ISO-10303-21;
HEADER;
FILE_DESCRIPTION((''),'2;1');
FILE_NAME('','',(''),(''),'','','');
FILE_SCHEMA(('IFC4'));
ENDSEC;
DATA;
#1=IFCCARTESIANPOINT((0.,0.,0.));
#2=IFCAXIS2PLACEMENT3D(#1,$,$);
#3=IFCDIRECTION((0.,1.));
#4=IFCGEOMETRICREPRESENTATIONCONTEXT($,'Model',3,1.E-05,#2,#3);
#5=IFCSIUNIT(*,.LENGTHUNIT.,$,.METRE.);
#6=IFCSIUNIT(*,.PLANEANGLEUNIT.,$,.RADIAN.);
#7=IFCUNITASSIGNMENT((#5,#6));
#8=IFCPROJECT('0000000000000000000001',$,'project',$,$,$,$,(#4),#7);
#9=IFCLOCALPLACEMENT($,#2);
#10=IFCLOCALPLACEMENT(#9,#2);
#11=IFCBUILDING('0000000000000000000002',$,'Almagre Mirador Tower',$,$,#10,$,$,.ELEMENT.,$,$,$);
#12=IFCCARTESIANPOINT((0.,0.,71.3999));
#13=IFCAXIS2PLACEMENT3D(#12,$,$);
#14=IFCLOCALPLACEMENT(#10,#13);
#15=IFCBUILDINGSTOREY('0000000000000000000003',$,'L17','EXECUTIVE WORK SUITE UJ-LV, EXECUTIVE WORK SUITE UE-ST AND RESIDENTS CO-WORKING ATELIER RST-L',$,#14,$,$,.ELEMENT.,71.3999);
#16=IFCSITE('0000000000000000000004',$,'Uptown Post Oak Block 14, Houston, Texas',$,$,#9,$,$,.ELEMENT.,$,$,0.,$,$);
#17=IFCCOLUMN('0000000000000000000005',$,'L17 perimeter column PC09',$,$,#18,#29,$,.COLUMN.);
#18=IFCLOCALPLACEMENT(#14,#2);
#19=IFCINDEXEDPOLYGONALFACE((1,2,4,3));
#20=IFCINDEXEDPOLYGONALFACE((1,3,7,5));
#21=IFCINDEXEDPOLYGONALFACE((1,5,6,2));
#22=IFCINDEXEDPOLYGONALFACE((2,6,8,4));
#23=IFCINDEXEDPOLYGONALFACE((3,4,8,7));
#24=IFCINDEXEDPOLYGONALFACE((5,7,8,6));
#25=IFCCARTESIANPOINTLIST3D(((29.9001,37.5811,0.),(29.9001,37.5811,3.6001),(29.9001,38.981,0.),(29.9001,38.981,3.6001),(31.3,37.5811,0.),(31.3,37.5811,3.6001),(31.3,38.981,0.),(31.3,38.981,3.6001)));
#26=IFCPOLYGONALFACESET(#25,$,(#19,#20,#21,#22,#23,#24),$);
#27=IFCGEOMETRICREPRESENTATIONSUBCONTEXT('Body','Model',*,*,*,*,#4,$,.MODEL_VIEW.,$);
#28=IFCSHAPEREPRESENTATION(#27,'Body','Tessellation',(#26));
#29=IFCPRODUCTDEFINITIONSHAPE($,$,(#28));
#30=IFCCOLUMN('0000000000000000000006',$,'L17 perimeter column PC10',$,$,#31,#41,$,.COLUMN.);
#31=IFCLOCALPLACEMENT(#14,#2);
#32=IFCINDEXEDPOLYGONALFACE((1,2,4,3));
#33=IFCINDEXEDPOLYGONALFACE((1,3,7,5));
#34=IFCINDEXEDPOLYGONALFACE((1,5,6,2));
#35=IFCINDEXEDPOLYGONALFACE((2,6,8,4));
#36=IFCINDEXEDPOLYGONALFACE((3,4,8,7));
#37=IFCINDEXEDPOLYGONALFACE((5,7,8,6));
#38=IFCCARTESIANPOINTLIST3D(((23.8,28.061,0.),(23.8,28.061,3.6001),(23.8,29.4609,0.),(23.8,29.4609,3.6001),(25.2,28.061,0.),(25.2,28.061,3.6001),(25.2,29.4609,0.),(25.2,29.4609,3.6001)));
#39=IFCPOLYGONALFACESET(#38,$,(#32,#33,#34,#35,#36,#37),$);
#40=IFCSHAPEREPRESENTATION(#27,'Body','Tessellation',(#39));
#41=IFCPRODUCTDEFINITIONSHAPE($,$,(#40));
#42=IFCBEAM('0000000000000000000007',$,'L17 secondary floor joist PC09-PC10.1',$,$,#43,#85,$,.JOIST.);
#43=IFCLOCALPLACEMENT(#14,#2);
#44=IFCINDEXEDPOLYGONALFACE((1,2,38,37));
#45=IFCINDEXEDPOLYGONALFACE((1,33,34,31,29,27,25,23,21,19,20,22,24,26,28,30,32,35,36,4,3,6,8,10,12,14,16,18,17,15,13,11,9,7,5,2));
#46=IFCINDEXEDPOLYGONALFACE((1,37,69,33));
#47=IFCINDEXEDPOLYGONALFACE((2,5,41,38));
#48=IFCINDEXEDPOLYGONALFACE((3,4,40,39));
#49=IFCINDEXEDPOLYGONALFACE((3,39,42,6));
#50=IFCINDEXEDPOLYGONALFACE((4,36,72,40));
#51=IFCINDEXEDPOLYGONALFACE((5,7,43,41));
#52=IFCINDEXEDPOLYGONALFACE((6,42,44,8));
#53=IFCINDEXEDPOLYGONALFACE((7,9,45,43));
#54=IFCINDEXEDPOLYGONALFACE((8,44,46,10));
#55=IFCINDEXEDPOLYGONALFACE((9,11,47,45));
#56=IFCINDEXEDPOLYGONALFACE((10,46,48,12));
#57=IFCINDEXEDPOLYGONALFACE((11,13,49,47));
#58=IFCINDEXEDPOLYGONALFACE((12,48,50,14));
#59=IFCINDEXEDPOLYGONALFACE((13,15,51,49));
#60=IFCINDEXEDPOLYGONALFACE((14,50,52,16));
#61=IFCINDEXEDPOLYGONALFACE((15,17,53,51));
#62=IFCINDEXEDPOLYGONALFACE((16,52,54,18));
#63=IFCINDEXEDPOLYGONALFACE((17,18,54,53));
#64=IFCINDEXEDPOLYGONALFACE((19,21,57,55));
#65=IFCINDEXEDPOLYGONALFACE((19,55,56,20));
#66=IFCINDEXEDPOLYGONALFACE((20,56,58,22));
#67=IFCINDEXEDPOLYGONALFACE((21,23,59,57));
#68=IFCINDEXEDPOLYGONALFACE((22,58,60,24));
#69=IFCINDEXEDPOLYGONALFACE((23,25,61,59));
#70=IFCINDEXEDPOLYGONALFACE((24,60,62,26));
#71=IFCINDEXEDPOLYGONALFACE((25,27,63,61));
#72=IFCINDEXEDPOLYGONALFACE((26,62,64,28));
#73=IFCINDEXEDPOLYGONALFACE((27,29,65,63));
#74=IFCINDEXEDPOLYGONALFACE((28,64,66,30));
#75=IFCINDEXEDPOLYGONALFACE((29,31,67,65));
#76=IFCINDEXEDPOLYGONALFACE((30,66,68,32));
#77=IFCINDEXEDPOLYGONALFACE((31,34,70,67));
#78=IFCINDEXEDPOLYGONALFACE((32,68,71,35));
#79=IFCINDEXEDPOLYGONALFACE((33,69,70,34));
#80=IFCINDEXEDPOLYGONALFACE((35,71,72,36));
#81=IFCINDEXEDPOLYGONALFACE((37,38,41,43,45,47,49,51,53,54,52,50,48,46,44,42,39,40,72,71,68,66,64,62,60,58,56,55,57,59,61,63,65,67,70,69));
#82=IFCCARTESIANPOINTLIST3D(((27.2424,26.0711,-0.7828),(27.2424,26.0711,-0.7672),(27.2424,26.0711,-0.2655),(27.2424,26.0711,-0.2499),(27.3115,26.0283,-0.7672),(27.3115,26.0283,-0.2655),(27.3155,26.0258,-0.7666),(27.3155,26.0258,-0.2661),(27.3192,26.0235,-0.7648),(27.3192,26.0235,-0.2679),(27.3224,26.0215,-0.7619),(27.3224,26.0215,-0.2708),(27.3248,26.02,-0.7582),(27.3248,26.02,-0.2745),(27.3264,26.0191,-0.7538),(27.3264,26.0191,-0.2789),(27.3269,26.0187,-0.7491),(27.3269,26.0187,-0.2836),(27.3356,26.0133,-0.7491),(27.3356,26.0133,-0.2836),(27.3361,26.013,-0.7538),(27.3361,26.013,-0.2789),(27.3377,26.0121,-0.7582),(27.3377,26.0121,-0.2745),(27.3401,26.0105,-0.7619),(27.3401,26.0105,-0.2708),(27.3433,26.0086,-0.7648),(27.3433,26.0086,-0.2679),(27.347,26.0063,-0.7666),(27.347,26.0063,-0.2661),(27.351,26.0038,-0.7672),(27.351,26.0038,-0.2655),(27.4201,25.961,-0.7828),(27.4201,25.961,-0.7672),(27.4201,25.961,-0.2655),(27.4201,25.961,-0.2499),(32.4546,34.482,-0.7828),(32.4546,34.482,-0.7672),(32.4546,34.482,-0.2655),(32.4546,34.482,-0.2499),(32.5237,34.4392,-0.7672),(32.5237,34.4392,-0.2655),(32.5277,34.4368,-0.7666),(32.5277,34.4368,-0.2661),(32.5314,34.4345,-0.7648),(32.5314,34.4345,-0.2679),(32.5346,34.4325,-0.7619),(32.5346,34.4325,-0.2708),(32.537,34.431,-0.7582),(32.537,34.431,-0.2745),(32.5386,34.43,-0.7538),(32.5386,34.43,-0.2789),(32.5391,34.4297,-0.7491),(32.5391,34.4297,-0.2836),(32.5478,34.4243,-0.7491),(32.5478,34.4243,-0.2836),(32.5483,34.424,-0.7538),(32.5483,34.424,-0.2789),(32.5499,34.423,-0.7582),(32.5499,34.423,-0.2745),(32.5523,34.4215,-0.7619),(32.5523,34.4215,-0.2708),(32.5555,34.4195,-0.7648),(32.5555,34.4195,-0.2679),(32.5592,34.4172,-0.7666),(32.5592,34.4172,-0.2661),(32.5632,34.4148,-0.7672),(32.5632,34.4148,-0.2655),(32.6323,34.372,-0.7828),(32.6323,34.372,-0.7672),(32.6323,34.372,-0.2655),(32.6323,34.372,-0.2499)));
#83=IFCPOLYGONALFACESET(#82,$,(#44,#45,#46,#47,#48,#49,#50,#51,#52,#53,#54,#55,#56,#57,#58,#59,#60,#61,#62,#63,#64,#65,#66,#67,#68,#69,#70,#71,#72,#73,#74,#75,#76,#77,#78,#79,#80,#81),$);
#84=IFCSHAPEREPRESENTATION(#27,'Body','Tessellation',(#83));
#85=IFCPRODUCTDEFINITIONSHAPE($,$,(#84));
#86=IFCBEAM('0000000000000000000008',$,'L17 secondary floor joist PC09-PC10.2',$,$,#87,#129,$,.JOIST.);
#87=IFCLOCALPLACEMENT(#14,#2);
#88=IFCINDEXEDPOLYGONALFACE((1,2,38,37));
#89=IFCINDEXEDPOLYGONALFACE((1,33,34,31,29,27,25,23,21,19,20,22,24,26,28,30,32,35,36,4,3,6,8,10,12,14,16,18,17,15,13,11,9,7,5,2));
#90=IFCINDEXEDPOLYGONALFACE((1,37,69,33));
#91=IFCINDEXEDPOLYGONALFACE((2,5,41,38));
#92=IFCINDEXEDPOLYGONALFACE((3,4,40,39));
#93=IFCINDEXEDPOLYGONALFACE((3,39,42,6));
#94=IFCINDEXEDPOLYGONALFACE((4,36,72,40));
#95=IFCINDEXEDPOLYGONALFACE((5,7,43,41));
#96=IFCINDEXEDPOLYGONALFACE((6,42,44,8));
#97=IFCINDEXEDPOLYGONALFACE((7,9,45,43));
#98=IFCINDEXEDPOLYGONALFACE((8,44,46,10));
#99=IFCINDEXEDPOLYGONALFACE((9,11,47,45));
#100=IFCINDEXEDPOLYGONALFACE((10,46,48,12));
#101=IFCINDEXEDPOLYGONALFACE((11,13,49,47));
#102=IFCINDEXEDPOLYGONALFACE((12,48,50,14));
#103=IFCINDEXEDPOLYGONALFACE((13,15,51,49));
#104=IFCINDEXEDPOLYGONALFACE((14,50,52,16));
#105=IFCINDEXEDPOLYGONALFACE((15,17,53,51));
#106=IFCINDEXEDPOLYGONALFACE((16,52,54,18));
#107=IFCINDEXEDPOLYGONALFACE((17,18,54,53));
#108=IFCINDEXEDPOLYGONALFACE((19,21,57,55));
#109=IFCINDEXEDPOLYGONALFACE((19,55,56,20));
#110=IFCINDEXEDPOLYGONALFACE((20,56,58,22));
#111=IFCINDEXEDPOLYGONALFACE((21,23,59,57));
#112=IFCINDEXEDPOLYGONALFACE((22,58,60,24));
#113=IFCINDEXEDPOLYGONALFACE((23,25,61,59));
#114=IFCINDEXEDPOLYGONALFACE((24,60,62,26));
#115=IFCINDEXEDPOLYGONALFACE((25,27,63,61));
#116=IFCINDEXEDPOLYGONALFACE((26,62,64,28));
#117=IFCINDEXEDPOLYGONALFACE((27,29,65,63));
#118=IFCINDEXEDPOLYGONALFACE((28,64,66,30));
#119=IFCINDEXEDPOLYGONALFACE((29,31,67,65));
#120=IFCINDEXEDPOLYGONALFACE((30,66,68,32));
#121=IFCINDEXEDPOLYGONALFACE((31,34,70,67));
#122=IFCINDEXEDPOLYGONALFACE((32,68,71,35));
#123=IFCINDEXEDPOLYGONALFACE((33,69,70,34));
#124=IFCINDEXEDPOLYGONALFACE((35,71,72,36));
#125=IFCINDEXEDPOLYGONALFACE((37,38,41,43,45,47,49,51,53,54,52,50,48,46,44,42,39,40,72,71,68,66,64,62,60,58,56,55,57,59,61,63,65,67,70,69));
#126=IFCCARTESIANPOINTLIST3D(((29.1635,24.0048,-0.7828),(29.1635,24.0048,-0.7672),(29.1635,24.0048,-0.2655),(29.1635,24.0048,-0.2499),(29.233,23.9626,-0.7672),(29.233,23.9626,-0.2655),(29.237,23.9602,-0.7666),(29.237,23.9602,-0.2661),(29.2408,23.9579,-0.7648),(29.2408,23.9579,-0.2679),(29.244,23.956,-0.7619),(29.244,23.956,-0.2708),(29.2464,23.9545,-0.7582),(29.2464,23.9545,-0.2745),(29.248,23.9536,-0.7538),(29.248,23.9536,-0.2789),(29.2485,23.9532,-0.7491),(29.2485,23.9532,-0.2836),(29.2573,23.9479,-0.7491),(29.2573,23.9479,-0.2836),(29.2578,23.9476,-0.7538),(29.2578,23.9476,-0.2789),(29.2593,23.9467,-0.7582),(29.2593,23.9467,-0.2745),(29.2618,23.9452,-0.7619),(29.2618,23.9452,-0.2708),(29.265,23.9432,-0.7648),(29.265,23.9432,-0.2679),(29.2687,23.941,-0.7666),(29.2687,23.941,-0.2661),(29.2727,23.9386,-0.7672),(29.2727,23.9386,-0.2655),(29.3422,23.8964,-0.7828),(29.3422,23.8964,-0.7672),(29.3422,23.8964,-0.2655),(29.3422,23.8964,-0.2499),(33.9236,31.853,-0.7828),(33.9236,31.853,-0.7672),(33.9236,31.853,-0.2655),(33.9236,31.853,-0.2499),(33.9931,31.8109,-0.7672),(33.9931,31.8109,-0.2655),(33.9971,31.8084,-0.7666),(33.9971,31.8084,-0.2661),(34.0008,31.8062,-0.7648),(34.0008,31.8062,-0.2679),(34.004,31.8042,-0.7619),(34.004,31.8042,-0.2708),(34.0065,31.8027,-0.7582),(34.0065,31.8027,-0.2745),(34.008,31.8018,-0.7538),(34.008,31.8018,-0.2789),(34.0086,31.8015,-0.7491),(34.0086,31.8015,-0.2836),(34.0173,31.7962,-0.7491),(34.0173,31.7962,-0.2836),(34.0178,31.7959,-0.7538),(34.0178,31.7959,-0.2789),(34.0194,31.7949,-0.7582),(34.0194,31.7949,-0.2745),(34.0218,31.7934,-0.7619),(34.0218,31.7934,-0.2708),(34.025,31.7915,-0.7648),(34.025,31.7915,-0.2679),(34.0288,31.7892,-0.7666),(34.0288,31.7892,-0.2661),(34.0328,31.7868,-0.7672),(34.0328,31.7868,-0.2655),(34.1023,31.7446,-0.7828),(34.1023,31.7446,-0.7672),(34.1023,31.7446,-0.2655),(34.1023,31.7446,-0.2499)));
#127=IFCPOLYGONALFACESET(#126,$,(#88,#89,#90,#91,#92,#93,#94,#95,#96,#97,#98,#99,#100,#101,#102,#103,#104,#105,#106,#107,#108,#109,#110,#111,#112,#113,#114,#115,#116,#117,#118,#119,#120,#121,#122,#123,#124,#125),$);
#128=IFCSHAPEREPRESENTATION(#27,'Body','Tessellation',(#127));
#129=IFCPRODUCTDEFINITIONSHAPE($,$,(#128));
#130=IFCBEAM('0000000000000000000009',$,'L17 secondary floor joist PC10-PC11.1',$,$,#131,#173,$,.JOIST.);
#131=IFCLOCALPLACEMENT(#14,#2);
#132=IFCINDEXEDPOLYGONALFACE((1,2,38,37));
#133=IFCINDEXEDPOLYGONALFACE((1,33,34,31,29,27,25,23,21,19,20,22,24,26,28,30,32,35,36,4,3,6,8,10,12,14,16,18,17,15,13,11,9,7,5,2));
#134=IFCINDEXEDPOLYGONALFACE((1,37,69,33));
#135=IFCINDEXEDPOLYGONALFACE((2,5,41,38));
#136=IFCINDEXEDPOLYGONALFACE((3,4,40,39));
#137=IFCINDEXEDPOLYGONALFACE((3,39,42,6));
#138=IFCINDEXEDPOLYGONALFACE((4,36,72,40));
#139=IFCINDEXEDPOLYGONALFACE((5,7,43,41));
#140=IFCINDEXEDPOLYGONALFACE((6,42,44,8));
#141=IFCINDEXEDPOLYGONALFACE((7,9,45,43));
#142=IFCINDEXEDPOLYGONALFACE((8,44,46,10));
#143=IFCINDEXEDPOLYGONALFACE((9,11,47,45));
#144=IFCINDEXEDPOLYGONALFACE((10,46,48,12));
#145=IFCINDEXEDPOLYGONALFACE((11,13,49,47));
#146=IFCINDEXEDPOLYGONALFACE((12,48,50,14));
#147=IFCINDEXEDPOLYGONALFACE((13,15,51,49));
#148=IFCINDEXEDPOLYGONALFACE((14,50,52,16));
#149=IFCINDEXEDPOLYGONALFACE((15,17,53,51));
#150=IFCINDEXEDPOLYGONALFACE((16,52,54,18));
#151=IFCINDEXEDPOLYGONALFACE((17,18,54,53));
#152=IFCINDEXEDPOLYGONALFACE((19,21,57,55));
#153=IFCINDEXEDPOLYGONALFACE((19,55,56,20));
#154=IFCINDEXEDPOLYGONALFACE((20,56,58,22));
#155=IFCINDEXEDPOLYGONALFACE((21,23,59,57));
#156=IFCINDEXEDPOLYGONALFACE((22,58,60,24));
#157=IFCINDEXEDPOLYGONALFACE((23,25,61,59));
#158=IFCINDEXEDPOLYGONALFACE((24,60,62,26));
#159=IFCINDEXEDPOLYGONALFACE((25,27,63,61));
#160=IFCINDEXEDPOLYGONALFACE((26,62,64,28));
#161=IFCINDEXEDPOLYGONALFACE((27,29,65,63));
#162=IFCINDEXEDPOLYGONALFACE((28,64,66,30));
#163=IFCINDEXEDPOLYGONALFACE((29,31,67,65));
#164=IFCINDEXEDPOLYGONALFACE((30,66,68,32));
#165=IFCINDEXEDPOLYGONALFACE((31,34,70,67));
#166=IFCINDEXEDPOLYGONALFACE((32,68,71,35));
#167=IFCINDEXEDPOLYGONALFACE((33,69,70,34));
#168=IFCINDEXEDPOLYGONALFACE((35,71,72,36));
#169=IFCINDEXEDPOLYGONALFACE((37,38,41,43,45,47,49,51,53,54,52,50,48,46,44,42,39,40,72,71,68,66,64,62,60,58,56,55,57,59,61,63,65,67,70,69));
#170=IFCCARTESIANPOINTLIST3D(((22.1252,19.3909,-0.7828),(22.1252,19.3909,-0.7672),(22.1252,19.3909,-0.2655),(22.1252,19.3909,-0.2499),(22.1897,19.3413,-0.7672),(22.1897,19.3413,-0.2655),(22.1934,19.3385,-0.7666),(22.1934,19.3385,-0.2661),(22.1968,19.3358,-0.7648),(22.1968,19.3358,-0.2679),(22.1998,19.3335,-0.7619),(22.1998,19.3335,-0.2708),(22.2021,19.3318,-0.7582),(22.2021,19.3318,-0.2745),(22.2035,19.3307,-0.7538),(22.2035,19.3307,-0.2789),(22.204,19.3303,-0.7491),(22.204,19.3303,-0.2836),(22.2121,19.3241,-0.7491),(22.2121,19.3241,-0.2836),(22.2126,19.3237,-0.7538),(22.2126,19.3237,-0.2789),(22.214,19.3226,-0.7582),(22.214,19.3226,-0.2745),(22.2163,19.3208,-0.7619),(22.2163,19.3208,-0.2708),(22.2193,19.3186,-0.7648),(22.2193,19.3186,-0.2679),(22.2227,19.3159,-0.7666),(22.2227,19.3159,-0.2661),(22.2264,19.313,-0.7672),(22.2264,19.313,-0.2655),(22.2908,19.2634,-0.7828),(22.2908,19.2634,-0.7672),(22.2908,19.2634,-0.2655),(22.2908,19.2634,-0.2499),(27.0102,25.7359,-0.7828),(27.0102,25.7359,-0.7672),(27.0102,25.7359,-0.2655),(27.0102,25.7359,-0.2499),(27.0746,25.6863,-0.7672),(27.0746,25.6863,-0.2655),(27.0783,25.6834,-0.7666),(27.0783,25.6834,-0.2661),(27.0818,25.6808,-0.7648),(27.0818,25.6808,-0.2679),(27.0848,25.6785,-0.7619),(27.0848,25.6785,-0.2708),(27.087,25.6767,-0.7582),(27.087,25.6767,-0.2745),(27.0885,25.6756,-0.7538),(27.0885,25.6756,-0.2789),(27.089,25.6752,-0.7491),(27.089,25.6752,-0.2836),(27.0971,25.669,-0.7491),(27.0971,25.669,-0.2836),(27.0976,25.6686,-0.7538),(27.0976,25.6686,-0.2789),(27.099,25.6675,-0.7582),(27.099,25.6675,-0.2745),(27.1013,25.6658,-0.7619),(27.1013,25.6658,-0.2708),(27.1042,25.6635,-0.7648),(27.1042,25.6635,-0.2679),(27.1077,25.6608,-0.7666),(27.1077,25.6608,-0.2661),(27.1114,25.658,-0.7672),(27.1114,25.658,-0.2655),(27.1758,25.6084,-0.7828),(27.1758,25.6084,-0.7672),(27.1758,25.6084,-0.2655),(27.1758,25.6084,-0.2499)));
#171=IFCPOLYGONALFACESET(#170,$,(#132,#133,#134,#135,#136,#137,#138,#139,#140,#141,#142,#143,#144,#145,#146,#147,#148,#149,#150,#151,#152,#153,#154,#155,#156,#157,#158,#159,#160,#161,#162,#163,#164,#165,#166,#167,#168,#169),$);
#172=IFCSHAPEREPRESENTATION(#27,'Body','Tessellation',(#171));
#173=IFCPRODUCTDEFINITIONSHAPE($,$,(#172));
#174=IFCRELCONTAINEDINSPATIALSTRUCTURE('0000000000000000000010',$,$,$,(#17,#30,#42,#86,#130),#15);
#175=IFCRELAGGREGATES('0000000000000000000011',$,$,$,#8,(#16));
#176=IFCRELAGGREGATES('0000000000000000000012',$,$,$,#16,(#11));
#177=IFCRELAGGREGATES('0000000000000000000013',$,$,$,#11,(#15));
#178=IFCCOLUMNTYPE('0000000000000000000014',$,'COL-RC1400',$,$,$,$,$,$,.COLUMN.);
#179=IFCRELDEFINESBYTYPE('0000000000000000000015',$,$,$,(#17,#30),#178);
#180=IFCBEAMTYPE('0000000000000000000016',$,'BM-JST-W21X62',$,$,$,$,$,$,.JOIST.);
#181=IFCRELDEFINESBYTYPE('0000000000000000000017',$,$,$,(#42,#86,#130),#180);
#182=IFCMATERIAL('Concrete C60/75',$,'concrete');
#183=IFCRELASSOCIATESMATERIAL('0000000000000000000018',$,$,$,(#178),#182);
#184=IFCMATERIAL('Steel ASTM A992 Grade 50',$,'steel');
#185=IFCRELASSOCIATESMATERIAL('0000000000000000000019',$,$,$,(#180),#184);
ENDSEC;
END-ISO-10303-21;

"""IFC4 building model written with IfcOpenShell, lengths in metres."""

from ifc_helpers import new_model, si_unit, direction, frame, origin, origin_2d, place, context, subcontext, project, spatial, rectangle, i_section, extrude, material, material_profile, profile_set, type_object, element, save


model = new_model("IFC4")

# Units and contexts
model_context = context("Model", 3, precision=1e-05, world=origin(), true_north=direction((0.0, 1.0)))
body_context = subcontext(model_context, "Body", "Model", "MODEL_VIEW")
ifc_project = project(units=[si_unit("LENGTHUNIT", "METRE"), si_unit("PLANEANGLEUNIT", "RADIAN")], contexts=[model_context])

# Site, building, storey
site_placement = place(None, origin())
site = spatial("IfcSite", under=ifc_project, at=site_placement, Name="Uptown Post Oak Block 14, Houston, Texas", CompositionType="ELEMENT", RefElevation=0.0)
building_placement = place(site_placement, origin())
building = spatial("IfcBuilding", under=site, at=building_placement, Name="Almagre Mirador Tower", CompositionType="ELEMENT")
storey_placement = place(building_placement, frame((0.0, 0.0, 71.3999)))
storey = spatial("IfcBuildingStorey", under=building, at=storey_placement, Name="L17", Description="EXECUTIVE WORK SUITE UJ-LV, EXECUTIVE WORK SUITE UE-ST AND RESIDENTS CO-WORKING ATELIER RST-L", CompositionType="ELEMENT", Elevation=71.3999)

# Columns
ifc_material_1 = material(Name="Concrete C60/75", Category="concrete")
ifc_material_profile_1 = material_profile(ifc_material_1, rectangle(XDim=1.3999, YDim=1.3999, at=origin_2d()), Name="RC1400X1400")
ifc_profile_set_1 = profile_set([ifc_material_profile_1], Name="Concrete C60/75")
column_type = type_object("IfcColumnType", Name="COL-RC1400", PredefinedType="COLUMN", material=ifc_profile_set_1)
for number, where, z_axis, x_axis, name in (
    (1, (30.6001, 38.281, 0.0), (0.0, 0.0, 1.0), (1.0, 0.0, 0.0), "L17 perimeter column PC09"),
    (2, (24.5, 28.761, 0.0), (0.0, 0.0, 1.0), (1.0, 0.0, 0.0), "L17 perimeter column PC10"),
):
    element("IfcColumn", number, at=place(storey_placement, frame(where, z_axis=z_axis, x_axis=x_axis)), inside=storey, type_object=column_type, Name=name, PredefinedType="COLUMN", context=body_context, shape_type="SweptSolid", body=[
        extrude(rectangle(XDim=1.3999, YDim=1.3999, at=origin_2d()), origin(), (0.0, 0.0, 1.0), 3.6001),
    ])

# Beams
ifc_material_2 = material(Name="Steel ASTM A992 Grade 50", Category="steel")
ifc_material_profile_2 = material_profile(ifc_material_2, i_section(OverallWidth=0.209, OverallDepth=0.533, WebThickness=0.0103, FlangeThickness=0.0156, FilletRadius=0.0181, at=origin_2d()), Name="W21X62")
ifc_profile_set_2 = profile_set([ifc_material_profile_2], Name="Steel ASTM A992 Grade 50")
beam_type_1 = type_object("IfcBeamType", Name="BM-JST-W21X62", PredefinedType="JOIST", material=ifc_profile_set_2)
beam_1_placement = place(storey_placement, frame((32.5435, 34.427, -0.5164), z_axis=(-0.52675, -0.85002, 0.0), x_axis=(0.85002, -0.52675, 0.0)))
element("IfcBeam", 3, at=beam_1_placement, inside=storey, type_object=beam_type_1, Name="L17 secondary floor joist PC09-PC10.1", PredefinedType="JOIST", context=body_context, shape_type="SweptSolid", body=[
    extrude(i_section(OverallWidth=0.209, OverallDepth=0.533, WebThickness=0.0103, FlangeThickness=0.0156, FilletRadius=0.0181, at=origin_2d()), origin(), (0.0, 0.0, 1.0), 9.895),
])
beam_2_placement = place(storey_placement, frame((34.0129, 31.7988, -0.5164), z_axis=(-0.518585, -0.855026, 0.0), x_axis=(0.855026, -0.518585, 0.0)))
element("IfcBeam", 4, at=beam_2_placement, inside=storey, type_object=beam_type_1, Name="L17 secondary floor joist PC09-PC10.2", PredefinedType="JOIST", context=body_context, shape_type="SweptSolid", body=[
    extrude(i_section(OverallWidth=0.209, OverallDepth=0.533, WebThickness=0.0103, FlangeThickness=0.0156, FilletRadius=0.0181, at=origin_2d()), origin(), (0.0, 0.0, 1.0), 9.179),
])
beam_3_placement = place(storey_placement, frame((27.093, 25.6721, -0.5164), z_axis=(-0.610045, -0.792367, 0.0), x_axis=(0.792367, -0.610045, 0.0)))
element("IfcBeam", 5, at=beam_3_placement, inside=storey, type_object=beam_type_1, Name="L17 secondary floor joist PC10-PC11.1", PredefinedType="JOIST", context=body_context, shape_type="SweptSolid", body=[
    extrude(i_section(OverallWidth=0.209, OverallDepth=0.533, WebThickness=0.0103, FlangeThickness=0.0156, FilletRadius=0.0181, at=origin_2d()), origin(), (0.0, 0.0, 1.0), 8.0076),
])

save(model, "model.ifc")
